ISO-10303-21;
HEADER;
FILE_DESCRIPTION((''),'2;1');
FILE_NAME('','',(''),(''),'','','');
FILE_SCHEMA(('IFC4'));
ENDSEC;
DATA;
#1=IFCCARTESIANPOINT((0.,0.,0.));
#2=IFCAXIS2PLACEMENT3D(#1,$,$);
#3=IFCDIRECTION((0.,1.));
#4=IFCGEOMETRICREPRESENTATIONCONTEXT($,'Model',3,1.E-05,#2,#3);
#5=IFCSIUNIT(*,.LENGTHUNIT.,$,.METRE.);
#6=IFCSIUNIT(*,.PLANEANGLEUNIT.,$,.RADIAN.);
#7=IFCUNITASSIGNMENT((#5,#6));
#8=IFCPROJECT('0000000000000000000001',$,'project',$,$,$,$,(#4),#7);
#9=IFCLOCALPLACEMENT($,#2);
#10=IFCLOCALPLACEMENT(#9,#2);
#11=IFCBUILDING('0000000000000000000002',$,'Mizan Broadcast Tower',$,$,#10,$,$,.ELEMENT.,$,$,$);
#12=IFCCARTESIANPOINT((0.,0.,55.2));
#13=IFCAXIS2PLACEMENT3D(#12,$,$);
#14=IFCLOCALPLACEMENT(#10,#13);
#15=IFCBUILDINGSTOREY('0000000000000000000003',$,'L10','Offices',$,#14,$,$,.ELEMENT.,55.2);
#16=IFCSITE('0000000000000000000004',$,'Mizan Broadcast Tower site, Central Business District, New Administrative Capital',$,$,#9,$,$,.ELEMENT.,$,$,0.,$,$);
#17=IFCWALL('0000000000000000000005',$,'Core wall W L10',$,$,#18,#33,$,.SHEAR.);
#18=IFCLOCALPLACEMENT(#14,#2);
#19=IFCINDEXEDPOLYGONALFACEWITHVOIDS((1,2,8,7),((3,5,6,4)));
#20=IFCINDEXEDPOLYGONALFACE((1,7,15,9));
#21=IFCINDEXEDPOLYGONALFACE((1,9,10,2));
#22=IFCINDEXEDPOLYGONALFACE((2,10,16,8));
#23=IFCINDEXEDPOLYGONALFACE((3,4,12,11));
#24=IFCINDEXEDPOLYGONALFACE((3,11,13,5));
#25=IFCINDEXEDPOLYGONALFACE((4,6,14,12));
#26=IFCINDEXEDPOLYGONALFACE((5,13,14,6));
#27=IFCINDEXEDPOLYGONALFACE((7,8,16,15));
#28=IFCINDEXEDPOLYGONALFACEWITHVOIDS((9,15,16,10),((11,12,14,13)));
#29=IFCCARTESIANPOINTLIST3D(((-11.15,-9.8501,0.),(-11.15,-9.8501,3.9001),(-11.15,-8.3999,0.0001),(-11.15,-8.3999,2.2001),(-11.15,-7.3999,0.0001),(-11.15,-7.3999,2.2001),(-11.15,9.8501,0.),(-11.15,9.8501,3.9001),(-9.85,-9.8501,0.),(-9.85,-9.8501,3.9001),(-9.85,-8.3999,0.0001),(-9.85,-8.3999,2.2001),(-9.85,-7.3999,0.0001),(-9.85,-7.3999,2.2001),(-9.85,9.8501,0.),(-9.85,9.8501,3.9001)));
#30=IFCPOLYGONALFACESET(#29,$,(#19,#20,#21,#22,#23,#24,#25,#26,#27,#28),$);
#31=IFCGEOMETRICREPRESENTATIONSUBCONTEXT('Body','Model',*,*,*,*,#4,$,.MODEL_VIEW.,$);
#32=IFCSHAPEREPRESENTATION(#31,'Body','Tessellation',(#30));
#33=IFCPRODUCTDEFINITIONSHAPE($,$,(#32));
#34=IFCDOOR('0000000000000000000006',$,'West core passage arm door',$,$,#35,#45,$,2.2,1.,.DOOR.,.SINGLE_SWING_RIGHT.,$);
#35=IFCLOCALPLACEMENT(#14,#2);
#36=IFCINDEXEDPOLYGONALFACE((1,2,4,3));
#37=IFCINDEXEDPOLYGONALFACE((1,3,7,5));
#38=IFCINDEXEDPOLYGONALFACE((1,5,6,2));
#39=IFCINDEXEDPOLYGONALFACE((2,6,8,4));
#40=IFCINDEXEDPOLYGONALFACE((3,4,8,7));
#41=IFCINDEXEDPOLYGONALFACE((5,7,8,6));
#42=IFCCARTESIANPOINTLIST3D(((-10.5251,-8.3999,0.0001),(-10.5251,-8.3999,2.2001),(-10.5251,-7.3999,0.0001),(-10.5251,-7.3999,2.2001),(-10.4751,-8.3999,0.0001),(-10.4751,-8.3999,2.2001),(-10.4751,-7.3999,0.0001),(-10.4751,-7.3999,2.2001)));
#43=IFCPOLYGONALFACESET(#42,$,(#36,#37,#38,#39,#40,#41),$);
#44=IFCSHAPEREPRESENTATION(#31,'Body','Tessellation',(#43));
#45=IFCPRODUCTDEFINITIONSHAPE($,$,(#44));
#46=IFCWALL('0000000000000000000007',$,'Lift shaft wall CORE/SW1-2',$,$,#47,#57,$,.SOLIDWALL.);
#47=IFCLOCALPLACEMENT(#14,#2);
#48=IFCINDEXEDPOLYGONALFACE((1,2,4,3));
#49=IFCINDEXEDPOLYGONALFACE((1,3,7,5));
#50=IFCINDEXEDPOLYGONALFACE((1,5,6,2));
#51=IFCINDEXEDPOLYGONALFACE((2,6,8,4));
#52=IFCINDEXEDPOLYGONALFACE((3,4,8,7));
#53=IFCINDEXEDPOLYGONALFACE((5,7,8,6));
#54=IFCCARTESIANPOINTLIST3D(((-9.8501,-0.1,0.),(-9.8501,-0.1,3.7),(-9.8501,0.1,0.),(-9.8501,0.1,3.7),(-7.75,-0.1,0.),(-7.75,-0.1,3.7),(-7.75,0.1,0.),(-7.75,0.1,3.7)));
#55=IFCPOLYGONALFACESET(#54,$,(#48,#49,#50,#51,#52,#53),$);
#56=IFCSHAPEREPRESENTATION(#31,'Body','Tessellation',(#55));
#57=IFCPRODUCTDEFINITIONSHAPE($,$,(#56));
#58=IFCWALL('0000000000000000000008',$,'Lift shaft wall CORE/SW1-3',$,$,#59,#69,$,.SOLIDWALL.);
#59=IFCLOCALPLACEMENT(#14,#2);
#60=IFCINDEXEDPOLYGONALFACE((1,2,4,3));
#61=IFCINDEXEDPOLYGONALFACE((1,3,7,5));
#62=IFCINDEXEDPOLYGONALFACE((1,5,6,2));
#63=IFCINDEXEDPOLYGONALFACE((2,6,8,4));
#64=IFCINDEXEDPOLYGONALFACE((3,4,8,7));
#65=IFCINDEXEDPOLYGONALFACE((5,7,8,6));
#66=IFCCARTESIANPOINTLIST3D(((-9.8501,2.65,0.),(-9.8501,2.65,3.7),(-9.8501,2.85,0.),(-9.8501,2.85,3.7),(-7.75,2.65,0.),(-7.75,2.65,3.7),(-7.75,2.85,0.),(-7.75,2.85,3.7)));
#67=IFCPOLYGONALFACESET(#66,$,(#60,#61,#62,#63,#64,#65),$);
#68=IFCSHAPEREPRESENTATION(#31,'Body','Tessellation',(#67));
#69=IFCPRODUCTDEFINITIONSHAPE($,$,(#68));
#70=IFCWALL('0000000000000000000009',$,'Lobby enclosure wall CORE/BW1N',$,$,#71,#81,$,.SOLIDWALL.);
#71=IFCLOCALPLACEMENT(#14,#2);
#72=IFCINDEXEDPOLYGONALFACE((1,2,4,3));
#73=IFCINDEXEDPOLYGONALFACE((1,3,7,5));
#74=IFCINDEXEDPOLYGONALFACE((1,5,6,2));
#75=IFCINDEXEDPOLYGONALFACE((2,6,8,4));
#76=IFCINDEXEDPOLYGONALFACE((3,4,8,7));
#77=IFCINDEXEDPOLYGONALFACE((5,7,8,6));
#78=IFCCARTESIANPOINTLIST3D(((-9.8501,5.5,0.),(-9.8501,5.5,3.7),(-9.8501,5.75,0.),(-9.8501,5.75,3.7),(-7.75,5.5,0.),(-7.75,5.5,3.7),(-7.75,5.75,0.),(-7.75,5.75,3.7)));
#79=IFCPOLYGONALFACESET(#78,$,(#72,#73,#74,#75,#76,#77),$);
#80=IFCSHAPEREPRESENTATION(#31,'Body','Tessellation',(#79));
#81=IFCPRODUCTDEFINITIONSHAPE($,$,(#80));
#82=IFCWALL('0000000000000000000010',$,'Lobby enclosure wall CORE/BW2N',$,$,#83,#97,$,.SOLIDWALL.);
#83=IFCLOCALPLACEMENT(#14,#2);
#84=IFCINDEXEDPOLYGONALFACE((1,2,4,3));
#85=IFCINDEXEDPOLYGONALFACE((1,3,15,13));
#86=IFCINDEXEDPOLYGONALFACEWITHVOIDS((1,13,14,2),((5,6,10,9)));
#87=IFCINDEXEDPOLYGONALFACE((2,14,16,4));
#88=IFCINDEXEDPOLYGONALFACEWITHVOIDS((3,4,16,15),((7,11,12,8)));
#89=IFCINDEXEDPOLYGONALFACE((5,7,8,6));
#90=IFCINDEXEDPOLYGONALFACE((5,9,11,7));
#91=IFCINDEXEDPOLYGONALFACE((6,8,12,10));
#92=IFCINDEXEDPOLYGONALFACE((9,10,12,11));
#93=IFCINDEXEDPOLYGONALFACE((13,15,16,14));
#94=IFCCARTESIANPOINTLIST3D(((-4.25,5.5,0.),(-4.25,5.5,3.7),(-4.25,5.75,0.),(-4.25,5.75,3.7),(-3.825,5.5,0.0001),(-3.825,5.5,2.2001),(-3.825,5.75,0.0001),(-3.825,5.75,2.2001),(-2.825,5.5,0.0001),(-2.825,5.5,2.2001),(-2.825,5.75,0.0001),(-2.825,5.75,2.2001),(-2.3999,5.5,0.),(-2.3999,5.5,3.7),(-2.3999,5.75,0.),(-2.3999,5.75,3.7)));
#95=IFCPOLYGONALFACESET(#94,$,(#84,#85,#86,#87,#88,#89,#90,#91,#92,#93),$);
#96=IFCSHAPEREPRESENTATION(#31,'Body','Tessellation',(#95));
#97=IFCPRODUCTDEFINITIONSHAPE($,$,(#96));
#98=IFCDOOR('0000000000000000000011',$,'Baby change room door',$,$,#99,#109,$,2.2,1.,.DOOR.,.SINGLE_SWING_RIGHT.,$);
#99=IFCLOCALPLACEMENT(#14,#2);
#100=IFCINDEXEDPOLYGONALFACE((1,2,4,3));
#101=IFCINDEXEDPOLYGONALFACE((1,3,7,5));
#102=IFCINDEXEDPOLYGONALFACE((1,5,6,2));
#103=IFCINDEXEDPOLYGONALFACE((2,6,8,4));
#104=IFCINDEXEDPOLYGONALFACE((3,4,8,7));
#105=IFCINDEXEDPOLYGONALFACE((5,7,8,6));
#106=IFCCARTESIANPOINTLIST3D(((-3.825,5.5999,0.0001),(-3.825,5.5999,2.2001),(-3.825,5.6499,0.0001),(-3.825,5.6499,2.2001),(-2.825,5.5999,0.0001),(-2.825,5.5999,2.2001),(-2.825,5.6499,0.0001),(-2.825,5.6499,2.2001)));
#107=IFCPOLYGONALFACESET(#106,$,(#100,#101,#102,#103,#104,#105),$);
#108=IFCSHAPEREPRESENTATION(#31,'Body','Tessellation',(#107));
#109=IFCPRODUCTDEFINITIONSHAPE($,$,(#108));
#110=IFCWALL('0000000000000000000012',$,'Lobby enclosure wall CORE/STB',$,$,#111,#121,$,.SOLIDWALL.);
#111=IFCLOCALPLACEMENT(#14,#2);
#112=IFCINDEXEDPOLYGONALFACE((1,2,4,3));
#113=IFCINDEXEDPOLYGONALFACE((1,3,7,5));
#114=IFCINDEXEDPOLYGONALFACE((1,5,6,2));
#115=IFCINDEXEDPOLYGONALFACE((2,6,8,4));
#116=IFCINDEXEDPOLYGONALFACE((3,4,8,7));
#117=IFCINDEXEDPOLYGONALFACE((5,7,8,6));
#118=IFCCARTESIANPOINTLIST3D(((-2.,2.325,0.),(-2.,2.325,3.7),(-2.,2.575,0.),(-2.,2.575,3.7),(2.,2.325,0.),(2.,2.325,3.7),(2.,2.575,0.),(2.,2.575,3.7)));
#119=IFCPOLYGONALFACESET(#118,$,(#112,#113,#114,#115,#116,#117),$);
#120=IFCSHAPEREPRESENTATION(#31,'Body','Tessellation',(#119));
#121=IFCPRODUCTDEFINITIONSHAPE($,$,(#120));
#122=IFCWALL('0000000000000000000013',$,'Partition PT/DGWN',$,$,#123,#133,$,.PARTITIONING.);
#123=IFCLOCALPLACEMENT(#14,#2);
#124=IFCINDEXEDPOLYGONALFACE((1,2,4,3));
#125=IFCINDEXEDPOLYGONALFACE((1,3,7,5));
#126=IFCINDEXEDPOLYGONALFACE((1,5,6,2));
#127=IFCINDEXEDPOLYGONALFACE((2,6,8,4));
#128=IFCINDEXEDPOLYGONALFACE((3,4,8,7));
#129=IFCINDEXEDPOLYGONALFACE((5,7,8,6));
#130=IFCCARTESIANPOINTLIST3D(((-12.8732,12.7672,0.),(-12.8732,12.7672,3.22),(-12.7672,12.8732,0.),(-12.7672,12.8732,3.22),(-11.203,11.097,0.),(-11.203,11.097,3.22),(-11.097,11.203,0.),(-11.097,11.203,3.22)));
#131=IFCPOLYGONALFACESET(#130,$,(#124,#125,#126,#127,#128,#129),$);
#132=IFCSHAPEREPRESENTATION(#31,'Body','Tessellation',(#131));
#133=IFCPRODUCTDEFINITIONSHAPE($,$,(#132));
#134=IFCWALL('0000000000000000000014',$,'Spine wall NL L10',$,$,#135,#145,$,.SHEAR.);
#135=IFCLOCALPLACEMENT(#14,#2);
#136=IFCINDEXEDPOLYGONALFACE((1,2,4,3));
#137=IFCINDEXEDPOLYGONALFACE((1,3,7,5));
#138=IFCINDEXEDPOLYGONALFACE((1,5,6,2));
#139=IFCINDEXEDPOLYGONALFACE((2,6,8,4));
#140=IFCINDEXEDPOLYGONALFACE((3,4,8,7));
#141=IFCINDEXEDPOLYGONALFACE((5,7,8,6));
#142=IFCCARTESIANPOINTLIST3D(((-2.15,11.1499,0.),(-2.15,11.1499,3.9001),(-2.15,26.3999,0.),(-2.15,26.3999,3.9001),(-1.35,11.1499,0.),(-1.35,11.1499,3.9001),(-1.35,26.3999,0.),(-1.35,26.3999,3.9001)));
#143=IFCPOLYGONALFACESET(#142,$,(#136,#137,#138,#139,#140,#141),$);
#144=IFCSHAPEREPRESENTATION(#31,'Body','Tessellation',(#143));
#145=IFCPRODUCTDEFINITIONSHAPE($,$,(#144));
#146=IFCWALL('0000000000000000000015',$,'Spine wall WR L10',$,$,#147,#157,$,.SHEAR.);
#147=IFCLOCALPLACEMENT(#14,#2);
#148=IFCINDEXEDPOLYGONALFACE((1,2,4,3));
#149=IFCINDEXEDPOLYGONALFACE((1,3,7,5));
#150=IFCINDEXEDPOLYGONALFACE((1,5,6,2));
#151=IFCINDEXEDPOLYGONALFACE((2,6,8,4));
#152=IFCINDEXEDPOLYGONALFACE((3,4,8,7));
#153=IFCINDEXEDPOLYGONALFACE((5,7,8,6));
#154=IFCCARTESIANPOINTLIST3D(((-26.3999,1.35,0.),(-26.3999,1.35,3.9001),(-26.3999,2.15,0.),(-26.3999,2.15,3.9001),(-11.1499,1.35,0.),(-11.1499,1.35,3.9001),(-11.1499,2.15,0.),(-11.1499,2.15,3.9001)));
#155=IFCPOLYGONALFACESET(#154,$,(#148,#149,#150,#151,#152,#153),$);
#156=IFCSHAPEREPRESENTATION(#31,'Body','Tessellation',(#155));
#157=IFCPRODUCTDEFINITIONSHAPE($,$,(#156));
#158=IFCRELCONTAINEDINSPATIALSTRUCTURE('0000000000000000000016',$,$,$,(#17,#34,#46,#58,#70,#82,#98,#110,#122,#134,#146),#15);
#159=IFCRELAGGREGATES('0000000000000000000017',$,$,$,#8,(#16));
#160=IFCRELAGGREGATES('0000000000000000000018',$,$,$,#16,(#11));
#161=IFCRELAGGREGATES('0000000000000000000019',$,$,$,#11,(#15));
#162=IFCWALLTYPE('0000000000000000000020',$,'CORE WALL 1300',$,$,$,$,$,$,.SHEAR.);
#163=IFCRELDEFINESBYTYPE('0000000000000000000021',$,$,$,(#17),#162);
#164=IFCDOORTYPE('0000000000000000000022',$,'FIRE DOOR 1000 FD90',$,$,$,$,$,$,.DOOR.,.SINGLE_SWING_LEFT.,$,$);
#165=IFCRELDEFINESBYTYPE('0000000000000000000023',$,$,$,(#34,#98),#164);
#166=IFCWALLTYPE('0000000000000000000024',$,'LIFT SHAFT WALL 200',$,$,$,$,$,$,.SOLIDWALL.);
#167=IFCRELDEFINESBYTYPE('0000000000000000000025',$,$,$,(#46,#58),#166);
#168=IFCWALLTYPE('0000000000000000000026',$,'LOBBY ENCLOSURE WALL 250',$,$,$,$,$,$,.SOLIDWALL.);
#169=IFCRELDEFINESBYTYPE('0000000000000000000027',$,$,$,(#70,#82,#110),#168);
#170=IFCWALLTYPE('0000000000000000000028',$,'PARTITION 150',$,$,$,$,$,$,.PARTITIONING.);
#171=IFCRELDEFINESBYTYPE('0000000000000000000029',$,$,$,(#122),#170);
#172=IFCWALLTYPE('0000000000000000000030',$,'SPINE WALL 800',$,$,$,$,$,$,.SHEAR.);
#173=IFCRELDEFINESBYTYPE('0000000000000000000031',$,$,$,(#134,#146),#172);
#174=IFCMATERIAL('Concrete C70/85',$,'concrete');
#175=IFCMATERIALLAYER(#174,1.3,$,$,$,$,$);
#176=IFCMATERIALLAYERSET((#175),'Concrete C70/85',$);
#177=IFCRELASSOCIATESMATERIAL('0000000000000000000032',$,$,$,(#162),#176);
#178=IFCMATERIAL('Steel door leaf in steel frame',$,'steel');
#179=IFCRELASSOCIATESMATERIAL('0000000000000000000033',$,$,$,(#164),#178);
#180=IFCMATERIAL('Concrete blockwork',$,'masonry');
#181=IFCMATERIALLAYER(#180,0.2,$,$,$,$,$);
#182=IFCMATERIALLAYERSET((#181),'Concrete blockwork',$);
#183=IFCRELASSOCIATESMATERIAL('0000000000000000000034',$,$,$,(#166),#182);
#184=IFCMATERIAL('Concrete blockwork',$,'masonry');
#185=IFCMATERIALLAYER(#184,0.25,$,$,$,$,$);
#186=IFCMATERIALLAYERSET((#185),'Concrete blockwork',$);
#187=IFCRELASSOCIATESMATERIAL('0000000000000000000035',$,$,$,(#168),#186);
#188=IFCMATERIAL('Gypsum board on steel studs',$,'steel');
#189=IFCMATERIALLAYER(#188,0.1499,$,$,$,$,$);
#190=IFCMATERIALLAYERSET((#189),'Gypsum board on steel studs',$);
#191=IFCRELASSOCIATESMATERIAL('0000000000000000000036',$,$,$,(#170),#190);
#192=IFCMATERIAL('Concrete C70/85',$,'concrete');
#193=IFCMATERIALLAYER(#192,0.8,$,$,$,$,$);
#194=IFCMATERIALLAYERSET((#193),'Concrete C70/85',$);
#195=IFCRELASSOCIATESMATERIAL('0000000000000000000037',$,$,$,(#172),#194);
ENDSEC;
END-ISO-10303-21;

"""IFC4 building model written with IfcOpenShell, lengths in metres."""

from ifc_helpers import new_model, si_unit, direction, frame, frame_2d, origin, place, context, subcontext, project, spatial, rectangle, extrude, material, layer, layer_set, type_object, element, fill, save


model = new_model("IFC4")

# Units and contexts
model_context = context("Model", 3, precision=1e-05, world=origin(), true_north=direction((0.0, 1.0)))
body_context = subcontext(model_context, "Body", "Model", "MODEL_VIEW")
ifc_project = project(units=[si_unit("LENGTHUNIT", "METRE"), si_unit("PLANEANGLEUNIT", "RADIAN")], contexts=[model_context])

# Site, building, storey
site_placement = place(None, origin())
site = spatial("IfcSite", under=ifc_project, at=site_placement, Name="Mizan Broadcast Tower site, Central Business District, New Administrative Capital", CompositionType="ELEMENT", RefElevation=0.0)
building_placement = place(site_placement, origin())
building = spatial("IfcBuilding", under=site, at=building_placement, Name="Mizan Broadcast Tower", CompositionType="ELEMENT")
storey_placement = place(building_placement, frame((0.0, 0.0, 55.2)))
storey = spatial("IfcBuildingStorey", under=building, at=storey_placement, Name="L10", Description="Offices", CompositionType="ELEMENT", Elevation=55.2)

# Shared definitions
ifc_material_1 = material(Name="Concrete C70/85", Category="concrete")
ifc_layer_1 = layer(ifc_material_1, 1.3)
ifc_layer_set_1 = layer_set([ifc_layer_1], Name="Concrete C70/85")
wall_type_1 = type_object("IfcWallType", Name="CORE WALL 1300", PredefinedType="SHEAR", material=ifc_layer_set_1)

# Wall, opening, door
wall_1_placement = place(storey_placement, frame((-10.5, 9.8501, 0.0), z_axis=(0.0, 0.0, 1.0), x_axis=(0.0, -1.0, 0.0)))
wall_1 = element("IfcWall", 1, at=wall_1_placement, inside=storey, type_object=wall_type_1, Name="Core wall W L10", PredefinedType="SHEAR", context=body_context, shape_type="SweptSolid", body=[
    extrude(rectangle(XDim=19.7002, YDim=1.3, at=frame_2d((9.8501, 0.0))), origin(), (0.0, 0.0, 1.0), 3.9001),
])
opening_1_placement = place(wall_1_placement, frame((17.25, 0.0, 0.0)))
opening_1 = element("IfcOpeningElement", 2, at=opening_1_placement, cuts=wall_1, PredefinedType="OPENING", context=body_context, shape_type="SweptSolid", body=[
    extrude(rectangle(XDim=1.0, YDim=2.2, at=frame_2d((0.5, 1.1001))), frame((0.0, 0.6599, 0.0), z_axis=(0.0, -1.0, 0.0), x_axis=(1.0, 0.0, 0.0)), (0.0, 0.0, 1.0), 1.3201),
])
ifc_material_2 = material(Name="Steel door leaf in steel frame", Category="steel")
door_type_1 = type_object("IfcDoorType", Name="FIRE DOOR 1000 FD90", OperationType="SINGLE_SWING_LEFT", PredefinedType="DOOR", material=ifc_material_2)
door_1_placement = place(opening_1_placement, origin())
door_1 = element("IfcDoor", 3, at=door_1_placement, inside=storey, type_object=door_type_1, Name="West core passage arm door", OperationType="SINGLE_SWING_RIGHT", OverallHeight=2.2, OverallWidth=1.0, PredefinedType="DOOR", context=body_context, shape_type="SweptSolid", body=[
    extrude(rectangle(XDim=1.0, YDim=2.2, at=frame_2d((0.5, 1.1001))), frame((0.0, 0.0249, 0.0), z_axis=(0.0, -1.0, 0.0), x_axis=(1.0, 0.0, 0.0)), (0.0, 0.0, 1.0), 0.05),
])
fill(opening_1, door_1)

# Walls
ifc_material_3 = material(Name="Concrete blockwork", Category="masonry")
ifc_layer_2 = layer(ifc_material_3, 0.2)
ifc_layer_set_2 = layer_set([ifc_layer_2], Name="Concrete blockwork")
wall_type_2 = type_object("IfcWallType", Name="LIFT SHAFT WALL 200", PredefinedType="SOLIDWALL", material=ifc_layer_set_2)
for number, where, z_axis, x_axis, name in (
    (4, (-9.8501, 0.0, 0.0), (0.0, 0.0, 1.0), (1.0, 0.0, 0.0), "Lift shaft wall CORE/SW1-2"),
    (5, (-9.8501, 2.75, 0.0), (0.0, 0.0, 1.0), (1.0, 0.0, 0.0), "Lift shaft wall CORE/SW1-3"),
):
    element("IfcWall", number, at=place(storey_placement, frame(where, z_axis=z_axis, x_axis=x_axis)), inside=storey, type_object=wall_type_2, Name=name, PredefinedType="SOLIDWALL", context=body_context, shape_type="SweptSolid", body=[
        extrude(rectangle(XDim=2.1001, YDim=0.2, at=frame_2d((1.05, 0.0))), origin(), (0.0, 0.0, 1.0), 3.7),
    ])
ifc_material_4 = material(Name="Concrete blockwork", Category="masonry")
ifc_layer_3 = layer(ifc_material_4, 0.25)
ifc_layer_set_3 = layer_set([ifc_layer_3], Name="Concrete blockwork")
wall_type_3 = type_object("IfcWallType", Name="LOBBY ENCLOSURE WALL 250", PredefinedType="SOLIDWALL", material=ifc_layer_set_3)
wall_2_placement = place(storey_placement, frame((-9.8501, 5.625, 0.0), z_axis=(0.0, 0.0, 1.0), x_axis=(1.0, 0.0, 0.0)))
element("IfcWall", 6, at=wall_2_placement, inside=storey, type_object=wall_type_3, Name="Lobby enclosure wall CORE/BW1N", PredefinedType="SOLIDWALL", context=body_context, shape_type="SweptSolid", body=[
    extrude(rectangle(XDim=2.1001, YDim=0.25, at=frame_2d((1.05, 0.0))), origin(), (0.0, 0.0, 1.0), 3.7),
])

# Wall, opening, door
wall_3_placement = place(storey_placement, frame((-4.25, 5.625, 0.0), z_axis=(0.0, 0.0, 1.0), x_axis=(1.0, 0.0, 0.0)))
wall_3 = element("IfcWall", 7, at=wall_3_placement, inside=storey, type_object=wall_type_3, Name="Lobby enclosure wall CORE/BW2N", PredefinedType="SOLIDWALL", context=body_context, shape_type="SweptSolid", body=[
    extrude(rectangle(XDim=1.8501, YDim=0.25, at=frame_2d((0.925, 0.0))), origin(), (0.0, 0.0, 1.0), 3.7),
])
opening_2_placement = place(wall_3_placement, frame((0.425, 0.0, 0.0)))
opening_2 = element("IfcOpeningElement", 8, at=opening_2_placement, cuts=wall_3, PredefinedType="OPENING", context=body_context, shape_type="SweptSolid", body=[
    extrude(rectangle(XDim=1.0, YDim=2.2, at=frame_2d((0.5, 1.1001))), frame((0.0, 0.135, 0.0), z_axis=(0.0, -1.0, 0.0), x_axis=(1.0, 0.0, 0.0)), (0.0, 0.0, 1.0), 0.27),
])
door_2_placement = place(opening_2_placement, origin())
door_2 = element("IfcDoor", 9, at=door_2_placement, inside=storey, type_object=door_type_1, Name="Baby change room door", OperationType="SINGLE_SWING_RIGHT", OverallHeight=2.2, OverallWidth=1.0, PredefinedType="DOOR", context=body_context, shape_type="SweptSolid", body=[
    extrude(rectangle(XDim=1.0, YDim=2.2, at=frame_2d((0.5, 1.1001))), frame((0.0, 0.0249, 0.0), z_axis=(0.0, -1.0, 0.0), x_axis=(1.0, 0.0, 0.0)), (0.0, 0.0, 1.0), 0.05),
])
fill(opening_2, door_2)

# Walls
wall_4_placement = place(storey_placement, frame((-2.0, 2.45, 0.0), z_axis=(0.0, 0.0, 1.0), x_axis=(1.0, 0.0, 0.0)))
element("IfcWall", 10, at=wall_4_placement, inside=storey, type_object=wall_type_3, Name="Lobby enclosure wall CORE/STB", PredefinedType="SOLIDWALL", context=body_context, shape_type="SweptSolid", body=[
    extrude(rectangle(XDim=4.0, YDim=0.25, at=frame_2d((2.0, 0.0))), origin(), (0.0, 0.0, 1.0), 3.7),
])
ifc_material_5 = material(Name="Gypsum board on steel studs", Category="steel")
ifc_layer_4 = layer(ifc_material_5, 0.1499)
ifc_layer_set_4 = layer_set([ifc_layer_4], Name="Gypsum board on steel studs")
wall_type_4 = type_object("IfcWallType", Name="PARTITION 150", PredefinedType="PARTITIONING", material=ifc_layer_set_4)
wall_5_placement = place(storey_placement, frame((-11.1499, 11.1499, 0.0), z_axis=(0.0, 0.0, 1.0), x_axis=(-0.707107, 0.707107, 0.0)))
element("IfcWall", 11, at=wall_5_placement, inside=storey, type_object=wall_type_4, Name="Partition PT/DGWN", PredefinedType="PARTITIONING", context=body_context, shape_type="SweptSolid", body=[
    extrude(rectangle(XDim=2.3621, YDim=0.1499, at=frame_2d((1.1812, 0.0))), origin(), (0.0, 0.0, 1.0), 3.22),
])
ifc_material_6 = material(Name="Concrete C70/85", Category="concrete")
ifc_layer_5 = layer(ifc_material_6, 0.8)
ifc_layer_set_5 = layer_set([ifc_layer_5], Name="Concrete C70/85")
wall_type_5 = type_object("IfcWallType", Name="SPINE WALL 800", PredefinedType="SHEAR", material=ifc_layer_set_5)
for number, where, z_axis, x_axis, name in (
    (12, (-1.75, 11.1499, 0.0), (0.0, 0.0, 1.0), (0.0, 1.0, 0.0), "Spine wall NL L10"),
    (13, (-11.1499, 1.75, 0.0), (0.0, 0.0, 1.0), (-1.0, 0.0, 0.0), "Spine wall WR L10"),
):
    element("IfcWall", number, at=place(storey_placement, frame(where, z_axis=z_axis, x_axis=x_axis)), inside=storey, type_object=wall_type_5, Name=name, PredefinedType="SHEAR", context=body_context, shape_type="SweptSolid", body=[
        extrude(rectangle(XDim=15.25, YDim=0.8, at=frame_2d((7.625, 0.0))), origin(), (0.0, 0.0, 1.0), 3.9001),
    ])

save(model, "model.ifc")
